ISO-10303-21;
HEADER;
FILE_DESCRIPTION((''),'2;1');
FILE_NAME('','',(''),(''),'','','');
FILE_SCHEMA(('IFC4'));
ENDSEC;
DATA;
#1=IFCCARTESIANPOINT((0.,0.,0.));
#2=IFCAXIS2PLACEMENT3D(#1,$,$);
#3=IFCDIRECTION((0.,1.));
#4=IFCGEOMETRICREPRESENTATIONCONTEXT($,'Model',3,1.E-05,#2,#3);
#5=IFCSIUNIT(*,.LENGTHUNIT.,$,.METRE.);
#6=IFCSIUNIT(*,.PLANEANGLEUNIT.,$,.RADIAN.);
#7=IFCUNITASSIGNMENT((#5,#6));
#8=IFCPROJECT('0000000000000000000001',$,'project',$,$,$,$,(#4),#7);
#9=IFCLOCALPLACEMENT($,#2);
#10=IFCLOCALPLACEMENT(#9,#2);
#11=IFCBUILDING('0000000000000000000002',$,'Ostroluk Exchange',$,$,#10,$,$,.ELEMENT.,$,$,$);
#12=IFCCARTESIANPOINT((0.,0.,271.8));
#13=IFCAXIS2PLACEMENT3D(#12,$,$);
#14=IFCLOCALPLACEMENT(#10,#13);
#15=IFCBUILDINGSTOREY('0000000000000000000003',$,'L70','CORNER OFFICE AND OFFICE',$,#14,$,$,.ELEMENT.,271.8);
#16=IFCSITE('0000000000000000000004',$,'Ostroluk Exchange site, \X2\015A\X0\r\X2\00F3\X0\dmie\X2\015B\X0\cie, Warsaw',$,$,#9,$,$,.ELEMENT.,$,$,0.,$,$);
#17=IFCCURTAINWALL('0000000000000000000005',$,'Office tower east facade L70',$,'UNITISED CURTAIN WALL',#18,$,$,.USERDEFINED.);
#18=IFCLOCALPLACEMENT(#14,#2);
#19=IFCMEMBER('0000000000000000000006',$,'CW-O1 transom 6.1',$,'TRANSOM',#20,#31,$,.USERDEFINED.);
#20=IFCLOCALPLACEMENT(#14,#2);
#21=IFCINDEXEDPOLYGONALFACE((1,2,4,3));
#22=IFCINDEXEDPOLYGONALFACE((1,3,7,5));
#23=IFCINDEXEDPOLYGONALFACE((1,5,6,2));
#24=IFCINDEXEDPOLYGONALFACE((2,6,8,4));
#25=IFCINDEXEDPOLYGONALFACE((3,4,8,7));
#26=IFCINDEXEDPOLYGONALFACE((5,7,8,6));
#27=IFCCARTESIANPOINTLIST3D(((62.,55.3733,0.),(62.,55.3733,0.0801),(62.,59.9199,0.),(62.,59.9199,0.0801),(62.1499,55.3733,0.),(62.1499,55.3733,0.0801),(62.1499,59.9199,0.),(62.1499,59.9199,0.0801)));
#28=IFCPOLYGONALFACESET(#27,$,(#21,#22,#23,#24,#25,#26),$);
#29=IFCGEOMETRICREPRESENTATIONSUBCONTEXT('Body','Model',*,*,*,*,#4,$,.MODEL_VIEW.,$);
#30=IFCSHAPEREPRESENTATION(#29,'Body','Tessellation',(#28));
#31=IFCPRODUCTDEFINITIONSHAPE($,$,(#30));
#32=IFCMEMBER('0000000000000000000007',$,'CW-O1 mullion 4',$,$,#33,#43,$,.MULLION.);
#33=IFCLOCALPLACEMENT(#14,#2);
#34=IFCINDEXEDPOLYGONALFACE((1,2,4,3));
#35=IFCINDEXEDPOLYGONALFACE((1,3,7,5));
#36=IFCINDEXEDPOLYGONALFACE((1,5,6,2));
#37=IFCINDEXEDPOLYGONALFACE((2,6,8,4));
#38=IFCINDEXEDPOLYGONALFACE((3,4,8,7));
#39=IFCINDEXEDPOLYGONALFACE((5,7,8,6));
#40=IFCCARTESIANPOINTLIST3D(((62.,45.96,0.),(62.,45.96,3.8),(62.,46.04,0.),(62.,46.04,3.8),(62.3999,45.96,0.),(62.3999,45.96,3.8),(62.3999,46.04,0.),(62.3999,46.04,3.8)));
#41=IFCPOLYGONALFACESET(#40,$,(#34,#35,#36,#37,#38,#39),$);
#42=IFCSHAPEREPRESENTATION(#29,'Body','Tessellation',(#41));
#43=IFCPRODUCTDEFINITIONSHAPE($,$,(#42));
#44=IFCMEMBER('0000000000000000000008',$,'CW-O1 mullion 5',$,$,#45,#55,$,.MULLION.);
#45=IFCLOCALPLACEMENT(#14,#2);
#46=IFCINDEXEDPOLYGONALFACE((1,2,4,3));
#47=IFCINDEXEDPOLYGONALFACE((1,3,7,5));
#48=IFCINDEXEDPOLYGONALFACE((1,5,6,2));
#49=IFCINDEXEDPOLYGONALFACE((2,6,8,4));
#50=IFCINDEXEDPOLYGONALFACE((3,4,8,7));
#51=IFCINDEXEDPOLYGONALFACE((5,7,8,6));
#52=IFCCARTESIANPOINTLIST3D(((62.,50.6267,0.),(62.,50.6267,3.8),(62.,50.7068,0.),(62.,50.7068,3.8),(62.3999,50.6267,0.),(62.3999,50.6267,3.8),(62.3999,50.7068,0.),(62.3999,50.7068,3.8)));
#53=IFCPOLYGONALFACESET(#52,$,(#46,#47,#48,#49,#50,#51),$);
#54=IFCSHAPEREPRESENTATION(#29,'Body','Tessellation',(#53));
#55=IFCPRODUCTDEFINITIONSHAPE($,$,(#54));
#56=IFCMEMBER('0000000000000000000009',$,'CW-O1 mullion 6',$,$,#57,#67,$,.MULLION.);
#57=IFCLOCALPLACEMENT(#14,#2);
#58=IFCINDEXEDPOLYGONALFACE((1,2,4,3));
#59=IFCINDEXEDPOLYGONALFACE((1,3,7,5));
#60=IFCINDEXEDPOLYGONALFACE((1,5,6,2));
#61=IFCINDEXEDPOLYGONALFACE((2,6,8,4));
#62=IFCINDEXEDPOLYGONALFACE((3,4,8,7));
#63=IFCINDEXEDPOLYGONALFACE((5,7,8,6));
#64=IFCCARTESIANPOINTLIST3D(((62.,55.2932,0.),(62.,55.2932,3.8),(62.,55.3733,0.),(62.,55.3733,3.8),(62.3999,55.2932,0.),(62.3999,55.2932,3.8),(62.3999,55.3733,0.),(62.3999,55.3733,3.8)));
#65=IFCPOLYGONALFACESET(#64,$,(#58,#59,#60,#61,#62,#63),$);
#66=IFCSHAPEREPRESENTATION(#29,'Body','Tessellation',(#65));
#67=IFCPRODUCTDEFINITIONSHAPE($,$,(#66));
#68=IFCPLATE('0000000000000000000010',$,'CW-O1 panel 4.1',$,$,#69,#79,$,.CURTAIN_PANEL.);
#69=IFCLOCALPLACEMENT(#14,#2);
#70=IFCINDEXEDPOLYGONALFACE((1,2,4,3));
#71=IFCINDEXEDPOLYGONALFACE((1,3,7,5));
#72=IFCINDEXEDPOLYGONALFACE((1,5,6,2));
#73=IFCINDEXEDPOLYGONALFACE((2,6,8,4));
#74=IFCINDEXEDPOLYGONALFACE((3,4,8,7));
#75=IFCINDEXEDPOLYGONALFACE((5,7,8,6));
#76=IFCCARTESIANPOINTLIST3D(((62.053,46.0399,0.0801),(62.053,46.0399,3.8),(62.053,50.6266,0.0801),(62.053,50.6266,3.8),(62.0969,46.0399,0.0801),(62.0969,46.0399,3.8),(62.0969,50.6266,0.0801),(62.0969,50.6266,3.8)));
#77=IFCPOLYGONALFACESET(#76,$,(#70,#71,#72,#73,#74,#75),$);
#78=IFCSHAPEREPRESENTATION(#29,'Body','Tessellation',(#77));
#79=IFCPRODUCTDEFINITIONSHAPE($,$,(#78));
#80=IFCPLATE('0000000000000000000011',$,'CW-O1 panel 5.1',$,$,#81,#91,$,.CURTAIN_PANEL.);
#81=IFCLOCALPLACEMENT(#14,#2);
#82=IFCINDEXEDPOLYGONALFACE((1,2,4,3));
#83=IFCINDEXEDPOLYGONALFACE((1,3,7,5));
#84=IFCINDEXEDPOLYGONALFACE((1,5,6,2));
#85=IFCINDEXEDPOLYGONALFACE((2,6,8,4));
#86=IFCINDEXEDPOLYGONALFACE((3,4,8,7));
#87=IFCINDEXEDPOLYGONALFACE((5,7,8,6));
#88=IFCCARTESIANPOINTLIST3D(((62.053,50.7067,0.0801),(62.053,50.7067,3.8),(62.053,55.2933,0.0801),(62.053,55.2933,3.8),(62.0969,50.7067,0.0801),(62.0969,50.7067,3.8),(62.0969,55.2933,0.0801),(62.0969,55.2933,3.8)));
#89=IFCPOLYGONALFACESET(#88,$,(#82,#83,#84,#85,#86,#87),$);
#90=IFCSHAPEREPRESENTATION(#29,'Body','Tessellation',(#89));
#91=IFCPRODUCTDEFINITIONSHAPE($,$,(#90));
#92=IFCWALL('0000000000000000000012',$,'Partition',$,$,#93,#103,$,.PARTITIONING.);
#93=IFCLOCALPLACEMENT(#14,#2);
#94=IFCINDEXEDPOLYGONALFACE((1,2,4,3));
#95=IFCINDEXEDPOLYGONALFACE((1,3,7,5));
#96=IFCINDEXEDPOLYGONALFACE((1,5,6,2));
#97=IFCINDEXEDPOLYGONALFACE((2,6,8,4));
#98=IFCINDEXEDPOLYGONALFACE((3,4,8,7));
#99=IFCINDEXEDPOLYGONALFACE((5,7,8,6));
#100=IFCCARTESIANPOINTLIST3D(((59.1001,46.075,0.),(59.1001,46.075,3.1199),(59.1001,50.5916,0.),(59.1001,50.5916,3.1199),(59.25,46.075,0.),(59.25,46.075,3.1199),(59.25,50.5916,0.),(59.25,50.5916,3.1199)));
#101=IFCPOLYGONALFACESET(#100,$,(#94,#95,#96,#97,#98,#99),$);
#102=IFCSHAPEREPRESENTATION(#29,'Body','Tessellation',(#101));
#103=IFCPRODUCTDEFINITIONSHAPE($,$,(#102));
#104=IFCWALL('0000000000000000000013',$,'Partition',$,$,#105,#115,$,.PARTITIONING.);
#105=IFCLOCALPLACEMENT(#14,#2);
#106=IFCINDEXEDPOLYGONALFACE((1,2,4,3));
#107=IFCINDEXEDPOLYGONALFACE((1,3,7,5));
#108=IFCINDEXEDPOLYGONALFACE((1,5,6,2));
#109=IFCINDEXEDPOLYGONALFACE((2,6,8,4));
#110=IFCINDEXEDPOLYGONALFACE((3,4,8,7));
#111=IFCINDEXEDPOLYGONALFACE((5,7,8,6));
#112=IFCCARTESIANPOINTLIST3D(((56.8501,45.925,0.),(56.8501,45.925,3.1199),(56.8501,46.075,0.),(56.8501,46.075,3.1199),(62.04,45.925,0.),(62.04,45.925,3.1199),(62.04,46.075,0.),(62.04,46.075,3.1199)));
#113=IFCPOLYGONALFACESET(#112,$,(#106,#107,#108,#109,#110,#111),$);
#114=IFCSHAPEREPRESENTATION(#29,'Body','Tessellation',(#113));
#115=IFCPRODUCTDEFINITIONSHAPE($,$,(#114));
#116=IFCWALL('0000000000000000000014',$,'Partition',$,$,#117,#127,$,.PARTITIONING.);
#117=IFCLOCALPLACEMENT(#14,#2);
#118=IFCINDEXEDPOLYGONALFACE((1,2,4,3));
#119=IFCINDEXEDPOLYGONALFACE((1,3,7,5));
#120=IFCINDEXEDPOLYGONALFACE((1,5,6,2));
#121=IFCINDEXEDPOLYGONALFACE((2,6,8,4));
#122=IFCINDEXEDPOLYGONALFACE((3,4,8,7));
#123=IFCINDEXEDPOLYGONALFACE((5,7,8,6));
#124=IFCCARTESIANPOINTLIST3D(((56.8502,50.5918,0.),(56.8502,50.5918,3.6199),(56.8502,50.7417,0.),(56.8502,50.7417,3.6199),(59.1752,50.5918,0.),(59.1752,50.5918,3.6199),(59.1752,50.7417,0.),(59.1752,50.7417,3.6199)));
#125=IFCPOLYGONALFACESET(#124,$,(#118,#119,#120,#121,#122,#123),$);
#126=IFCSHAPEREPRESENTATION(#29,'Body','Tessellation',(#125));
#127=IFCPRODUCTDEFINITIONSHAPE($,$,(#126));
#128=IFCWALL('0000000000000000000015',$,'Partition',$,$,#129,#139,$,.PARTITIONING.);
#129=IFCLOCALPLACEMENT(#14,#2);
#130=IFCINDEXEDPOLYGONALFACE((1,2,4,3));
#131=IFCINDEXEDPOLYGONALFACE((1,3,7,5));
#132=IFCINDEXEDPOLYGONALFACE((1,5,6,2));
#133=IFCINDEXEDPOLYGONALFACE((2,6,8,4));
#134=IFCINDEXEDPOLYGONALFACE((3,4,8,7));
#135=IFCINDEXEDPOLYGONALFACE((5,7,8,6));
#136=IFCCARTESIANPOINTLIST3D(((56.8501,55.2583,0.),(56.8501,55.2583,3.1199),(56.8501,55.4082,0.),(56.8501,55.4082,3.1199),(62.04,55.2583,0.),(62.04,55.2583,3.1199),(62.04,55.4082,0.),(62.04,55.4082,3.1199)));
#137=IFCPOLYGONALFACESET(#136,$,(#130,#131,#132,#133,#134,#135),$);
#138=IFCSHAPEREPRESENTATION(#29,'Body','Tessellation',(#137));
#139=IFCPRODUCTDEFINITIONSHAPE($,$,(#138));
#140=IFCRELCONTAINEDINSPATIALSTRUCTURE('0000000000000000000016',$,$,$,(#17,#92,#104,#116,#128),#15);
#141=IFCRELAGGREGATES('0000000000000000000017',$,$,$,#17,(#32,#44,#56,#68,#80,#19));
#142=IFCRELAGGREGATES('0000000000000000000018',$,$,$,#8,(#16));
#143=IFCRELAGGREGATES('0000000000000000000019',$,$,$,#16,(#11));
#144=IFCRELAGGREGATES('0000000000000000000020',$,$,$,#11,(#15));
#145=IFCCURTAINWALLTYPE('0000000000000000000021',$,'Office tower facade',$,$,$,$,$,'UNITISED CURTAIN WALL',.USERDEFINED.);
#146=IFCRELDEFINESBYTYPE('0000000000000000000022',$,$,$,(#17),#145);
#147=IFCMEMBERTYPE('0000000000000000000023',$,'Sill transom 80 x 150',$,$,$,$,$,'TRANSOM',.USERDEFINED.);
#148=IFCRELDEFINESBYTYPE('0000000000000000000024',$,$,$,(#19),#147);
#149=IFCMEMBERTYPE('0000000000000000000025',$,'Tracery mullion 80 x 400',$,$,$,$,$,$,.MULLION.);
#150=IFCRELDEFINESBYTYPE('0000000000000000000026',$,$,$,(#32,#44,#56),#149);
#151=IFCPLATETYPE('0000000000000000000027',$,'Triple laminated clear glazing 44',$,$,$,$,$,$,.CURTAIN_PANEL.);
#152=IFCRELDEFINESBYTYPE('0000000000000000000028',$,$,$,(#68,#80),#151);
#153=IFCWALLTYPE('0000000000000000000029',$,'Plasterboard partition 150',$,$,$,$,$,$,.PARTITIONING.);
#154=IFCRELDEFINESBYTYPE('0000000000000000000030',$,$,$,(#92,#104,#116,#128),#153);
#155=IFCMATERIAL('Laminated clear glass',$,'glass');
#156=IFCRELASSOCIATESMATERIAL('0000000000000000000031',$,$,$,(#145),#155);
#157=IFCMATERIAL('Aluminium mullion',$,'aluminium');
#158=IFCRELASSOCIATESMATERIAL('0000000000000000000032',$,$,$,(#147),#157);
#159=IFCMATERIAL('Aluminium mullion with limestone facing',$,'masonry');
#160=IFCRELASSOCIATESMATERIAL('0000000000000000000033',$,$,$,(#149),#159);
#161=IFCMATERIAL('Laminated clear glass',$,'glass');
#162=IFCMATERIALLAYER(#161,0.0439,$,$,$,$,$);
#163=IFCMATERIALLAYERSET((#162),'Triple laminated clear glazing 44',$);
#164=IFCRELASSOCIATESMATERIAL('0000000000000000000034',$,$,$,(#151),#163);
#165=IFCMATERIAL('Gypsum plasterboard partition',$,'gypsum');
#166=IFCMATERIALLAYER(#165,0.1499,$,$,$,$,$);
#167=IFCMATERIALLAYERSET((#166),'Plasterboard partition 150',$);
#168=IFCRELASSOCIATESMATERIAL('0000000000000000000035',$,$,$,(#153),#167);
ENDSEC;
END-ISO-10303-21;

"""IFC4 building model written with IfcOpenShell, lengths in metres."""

from ifc_helpers import new_model, si_unit, direction, frame, frame_2d, origin, origin_2d, place, context, subcontext, project, spatial, rectangle, extrude, material, layer, layer_set, material_profile, profile_set, type_object, element, aggregate, save


model = new_model("IFC4")

# Units and contexts
model_context = context("Model", 3, precision=1e-05, world=origin(), true_north=direction((0.0, 1.0)))
body_context = subcontext(model_context, "Body", "Model", "MODEL_VIEW")
ifc_project = project(units=[si_unit("LENGTHUNIT", "METRE"), si_unit("PLANEANGLEUNIT", "RADIAN")], contexts=[model_context])

# Site, building, storey
site_placement = place(None, origin())
site = spatial("IfcSite", under=ifc_project, at=site_placement, Name="Ostroluk Exchange site, Śródmieście, Warsaw", CompositionType="ELEMENT", RefElevation=0.0)
building_placement = place(site_placement, origin())
building = spatial("IfcBuilding", under=site, at=building_placement, Name="Ostroluk Exchange", CompositionType="ELEMENT")
storey_placement = place(building_placement, frame((0.0, 0.0, 271.8)))
storey = spatial("IfcBuildingStorey", under=building, at=storey_placement, Name="L70", Description="CORNER OFFICE AND OFFICE", CompositionType="ELEMENT", Elevation=271.8)

# Curtain wall, members, plates
ifc_material_1 = material(Name="Laminated clear glass", Category="glass")
curtain_wall_type = type_object("IfcCurtainWallType", Name="Office tower facade", ElementType="UNITISED CURTAIN WALL", PredefinedType="USERDEFINED", material=ifc_material_1)
curtain_wall_placement = place(storey_placement, origin())
curtain_wall = element("IfcCurtainWall", 1, at=curtain_wall_placement, inside=storey, type_object=curtain_wall_type, Name="Office tower east facade L70", ObjectType="UNITISED CURTAIN WALL", PredefinedType="USERDEFINED")
ifc_material_2 = material(Name="Aluminium mullion", Category="aluminium")
ifc_material_profile_1 = material_profile(ifc_material_2, rectangle(XDim=0.1499, YDim=0.0801, at=origin_2d()), Name="Sill transom 80 x 150")
ifc_profile_set_1 = profile_set([ifc_material_profile_1], Name="Aluminium mullion")
member_type_1 = type_object("IfcMemberType", Name="Sill transom 80 x 150", ElementType="TRANSOM", PredefinedType="USERDEFINED", material=ifc_profile_set_1)
member_1_placement = place(storey_placement, frame((62.075, 55.3733, 0.04), z_axis=(0.0, 1.0, 0.0), x_axis=(-1.0, 0.0, 0.0)))
member_1 = element("IfcMember", 2, at=member_1_placement, type_object=member_type_1, Name="CW-O1 transom 6.1", ObjectType="TRANSOM", PredefinedType="USERDEFINED", context=body_context, shape_type="SweptSolid", body=[
    extrude(rectangle(XDim=0.1499, YDim=0.0801, at=origin_2d()), origin(), (0.0, 0.0, 1.0), 4.5466),
])
ifc_material_3 = material(Name="Aluminium mullion with limestone facing", Category="masonry")
ifc_material_profile_2 = material_profile(ifc_material_3, rectangle(XDim=0.3999, YDim=0.0801, at=origin_2d()), Name="Tracery mullion 80 x 400")
ifc_profile_set_2 = profile_set([ifc_material_profile_2], Name="Aluminium mullion with limestone facing")
member_type_2 = type_object("IfcMemberType", Name="Tracery mullion 80 x 400", PredefinedType="MULLION", material=ifc_profile_set_2)
member_2_placement = place(storey_placement, frame((62.2, 46.0, 0.0), z_axis=(0.0, 0.0, 1.0), x_axis=(-1.0, 0.0, 0.0)))
member_2 = element("IfcMember", 3, at=member_2_placement, type_object=member_type_2, Name="CW-O1 mullion 4", PredefinedType="MULLION", context=body_context, shape_type="SweptSolid", body=[
    extrude(rectangle(XDim=0.3999, YDim=0.0801, at=origin_2d()), origin(), (0.0, 0.0, 1.0), 3.8),
])
member_3_placement = place(storey_placement, frame((62.2, 50.6667, 0.0), z_axis=(0.0, 0.0, 1.0), x_axis=(-1.0, 0.0, 0.0)))
member_3 = element("IfcMember", 4, at=member_3_placement, type_object=member_type_2, Name="CW-O1 mullion 5", PredefinedType="MULLION", context=body_context, shape_type="SweptSolid", body=[
    extrude(rectangle(XDim=0.3999, YDim=0.0801, at=origin_2d()), origin(), (0.0, 0.0, 1.0), 3.8),
])
member_4_placement = place(storey_placement, frame((62.2, 55.3333, 0.0), z_axis=(0.0, 0.0, 1.0), x_axis=(-1.0, 0.0, 0.0)))
member_4 = element("IfcMember", 5, at=member_4_placement, type_object=member_type_2, Name="CW-O1 mullion 6", PredefinedType="MULLION", context=body_context, shape_type="SweptSolid", body=[
    extrude(rectangle(XDim=0.3999, YDim=0.0801, at=origin_2d()), origin(), (0.0, 0.0, 1.0), 3.8),
])
ifc_material_4 = material(Name="Laminated clear glass", Category="glass")
ifc_layer_1 = layer(ifc_material_4, 0.0439)
ifc_layer_set_1 = layer_set([ifc_layer_1], Name="Triple laminated clear glazing 44")
plate_type = type_object("IfcPlateType", Name="Triple laminated clear glazing 44", PredefinedType="CURTAIN_PANEL", material=ifc_layer_set_1)
plate_1_placement = place(storey_placement, frame((62.075, 48.3333, 0.0801), z_axis=(0.0, 0.0, 1.0), x_axis=(0.0, 1.0, 0.0)))
plate_1 = element("IfcPlate", 6, at=plate_1_placement, type_object=plate_type, Name="CW-O1 panel 4.1", PredefinedType="CURTAIN_PANEL", context=body_context, shape_type="SweptSolid", body=[
    extrude(rectangle(XDim=4.5867, YDim=0.0439, at=origin_2d()), origin(), (0.0, 0.0, 1.0), 3.72),
])
plate_2_placement = place(storey_placement, frame((62.075, 53.0, 0.0801), z_axis=(0.0, 0.0, 1.0), x_axis=(0.0, 1.0, 0.0)))
plate_2 = element("IfcPlate", 7, at=plate_2_placement, type_object=plate_type, Name="CW-O1 panel 5.1", PredefinedType="CURTAIN_PANEL", context=body_context, shape_type="SweptSolid", body=[
    extrude(rectangle(XDim=4.5867, YDim=0.0439, at=origin_2d()), origin(), (0.0, 0.0, 1.0), 3.72),
])
aggregate(curtain_wall, [member_2, member_3, member_4, plate_1, plate_2, member_1])

# Walls
ifc_material_5 = material(Name="Gypsum plasterboard partition", Category="gypsum")
ifc_layer_2 = layer(ifc_material_5, 0.1499)
ifc_layer_set_2 = layer_set([ifc_layer_2], Name="Plasterboard partition 150")
wall_type = type_object("IfcWallType", Name="Plasterboard partition 150", PredefinedType="PARTITIONING", material=ifc_layer_set_2)
wall_1_placement = place(storey_placement, frame((59.175, 46.075, 0.0), z_axis=(0.0, 0.0, 1.0), x_axis=(0.0, 1.0, 0.0)))
element("IfcWall", 8, at=wall_1_placement, inside=storey, type_object=wall_type, Name="Partition", PredefinedType="PARTITIONING", context=body_context, shape_type="SweptSolid", body=[
    extrude(rectangle(XDim=4.5166, YDim=0.1499, at=frame_2d((2.2583, 0.0))), origin(), (0.0, 0.0, 1.0), 3.1199),
])
wall_2_placement = place(storey_placement, frame((56.8501, 46.0, 0.0), z_axis=(0.0, 0.0, 1.0), x_axis=(1.0, 0.0, 0.0)))
element("IfcWall", 9, at=wall_2_placement, inside=storey, type_object=wall_type, Name="Partition", PredefinedType="PARTITIONING", context=body_context, shape_type="SweptSolid", body=[
    extrude(rectangle(XDim=5.1899, YDim=0.1499, at=frame_2d((2.595, 0.0))), origin(), (0.0, 0.0, 1.0), 3.1199),
])
wall_3_placement = place(storey_placement, frame((56.8501, 50.6667, 0.0), z_axis=(0.0, 0.0, 1.0), x_axis=(1.0, 0.0, 0.0)))
element("IfcWall", 10, at=wall_3_placement, inside=storey, type_object=wall_type, Name="Partition", PredefinedType="PARTITIONING", context=body_context, shape_type="SweptSolid", body=[
    extrude(rectangle(XDim=2.325, YDim=0.1499, at=frame_2d((1.1626, 0.0))), origin(), (0.0, 0.0, 1.0), 3.6199),
])
wall_4_placement = place(storey_placement, frame((56.8501, 55.3333, 0.0), z_axis=(0.0, 0.0, 1.0), x_axis=(1.0, 0.0, 0.0)))
element("IfcWall", 11, at=wall_4_placement, inside=storey, type_object=wall_type, Name="Partition", PredefinedType="PARTITIONING", context=body_context, shape_type="SweptSolid", body=[
    extrude(rectangle(XDim=5.1899, YDim=0.1499, at=frame_2d((2.595, 0.0))), origin(), (0.0, 0.0, 1.0), 3.1199),
])

save(model, "model.ifc")
